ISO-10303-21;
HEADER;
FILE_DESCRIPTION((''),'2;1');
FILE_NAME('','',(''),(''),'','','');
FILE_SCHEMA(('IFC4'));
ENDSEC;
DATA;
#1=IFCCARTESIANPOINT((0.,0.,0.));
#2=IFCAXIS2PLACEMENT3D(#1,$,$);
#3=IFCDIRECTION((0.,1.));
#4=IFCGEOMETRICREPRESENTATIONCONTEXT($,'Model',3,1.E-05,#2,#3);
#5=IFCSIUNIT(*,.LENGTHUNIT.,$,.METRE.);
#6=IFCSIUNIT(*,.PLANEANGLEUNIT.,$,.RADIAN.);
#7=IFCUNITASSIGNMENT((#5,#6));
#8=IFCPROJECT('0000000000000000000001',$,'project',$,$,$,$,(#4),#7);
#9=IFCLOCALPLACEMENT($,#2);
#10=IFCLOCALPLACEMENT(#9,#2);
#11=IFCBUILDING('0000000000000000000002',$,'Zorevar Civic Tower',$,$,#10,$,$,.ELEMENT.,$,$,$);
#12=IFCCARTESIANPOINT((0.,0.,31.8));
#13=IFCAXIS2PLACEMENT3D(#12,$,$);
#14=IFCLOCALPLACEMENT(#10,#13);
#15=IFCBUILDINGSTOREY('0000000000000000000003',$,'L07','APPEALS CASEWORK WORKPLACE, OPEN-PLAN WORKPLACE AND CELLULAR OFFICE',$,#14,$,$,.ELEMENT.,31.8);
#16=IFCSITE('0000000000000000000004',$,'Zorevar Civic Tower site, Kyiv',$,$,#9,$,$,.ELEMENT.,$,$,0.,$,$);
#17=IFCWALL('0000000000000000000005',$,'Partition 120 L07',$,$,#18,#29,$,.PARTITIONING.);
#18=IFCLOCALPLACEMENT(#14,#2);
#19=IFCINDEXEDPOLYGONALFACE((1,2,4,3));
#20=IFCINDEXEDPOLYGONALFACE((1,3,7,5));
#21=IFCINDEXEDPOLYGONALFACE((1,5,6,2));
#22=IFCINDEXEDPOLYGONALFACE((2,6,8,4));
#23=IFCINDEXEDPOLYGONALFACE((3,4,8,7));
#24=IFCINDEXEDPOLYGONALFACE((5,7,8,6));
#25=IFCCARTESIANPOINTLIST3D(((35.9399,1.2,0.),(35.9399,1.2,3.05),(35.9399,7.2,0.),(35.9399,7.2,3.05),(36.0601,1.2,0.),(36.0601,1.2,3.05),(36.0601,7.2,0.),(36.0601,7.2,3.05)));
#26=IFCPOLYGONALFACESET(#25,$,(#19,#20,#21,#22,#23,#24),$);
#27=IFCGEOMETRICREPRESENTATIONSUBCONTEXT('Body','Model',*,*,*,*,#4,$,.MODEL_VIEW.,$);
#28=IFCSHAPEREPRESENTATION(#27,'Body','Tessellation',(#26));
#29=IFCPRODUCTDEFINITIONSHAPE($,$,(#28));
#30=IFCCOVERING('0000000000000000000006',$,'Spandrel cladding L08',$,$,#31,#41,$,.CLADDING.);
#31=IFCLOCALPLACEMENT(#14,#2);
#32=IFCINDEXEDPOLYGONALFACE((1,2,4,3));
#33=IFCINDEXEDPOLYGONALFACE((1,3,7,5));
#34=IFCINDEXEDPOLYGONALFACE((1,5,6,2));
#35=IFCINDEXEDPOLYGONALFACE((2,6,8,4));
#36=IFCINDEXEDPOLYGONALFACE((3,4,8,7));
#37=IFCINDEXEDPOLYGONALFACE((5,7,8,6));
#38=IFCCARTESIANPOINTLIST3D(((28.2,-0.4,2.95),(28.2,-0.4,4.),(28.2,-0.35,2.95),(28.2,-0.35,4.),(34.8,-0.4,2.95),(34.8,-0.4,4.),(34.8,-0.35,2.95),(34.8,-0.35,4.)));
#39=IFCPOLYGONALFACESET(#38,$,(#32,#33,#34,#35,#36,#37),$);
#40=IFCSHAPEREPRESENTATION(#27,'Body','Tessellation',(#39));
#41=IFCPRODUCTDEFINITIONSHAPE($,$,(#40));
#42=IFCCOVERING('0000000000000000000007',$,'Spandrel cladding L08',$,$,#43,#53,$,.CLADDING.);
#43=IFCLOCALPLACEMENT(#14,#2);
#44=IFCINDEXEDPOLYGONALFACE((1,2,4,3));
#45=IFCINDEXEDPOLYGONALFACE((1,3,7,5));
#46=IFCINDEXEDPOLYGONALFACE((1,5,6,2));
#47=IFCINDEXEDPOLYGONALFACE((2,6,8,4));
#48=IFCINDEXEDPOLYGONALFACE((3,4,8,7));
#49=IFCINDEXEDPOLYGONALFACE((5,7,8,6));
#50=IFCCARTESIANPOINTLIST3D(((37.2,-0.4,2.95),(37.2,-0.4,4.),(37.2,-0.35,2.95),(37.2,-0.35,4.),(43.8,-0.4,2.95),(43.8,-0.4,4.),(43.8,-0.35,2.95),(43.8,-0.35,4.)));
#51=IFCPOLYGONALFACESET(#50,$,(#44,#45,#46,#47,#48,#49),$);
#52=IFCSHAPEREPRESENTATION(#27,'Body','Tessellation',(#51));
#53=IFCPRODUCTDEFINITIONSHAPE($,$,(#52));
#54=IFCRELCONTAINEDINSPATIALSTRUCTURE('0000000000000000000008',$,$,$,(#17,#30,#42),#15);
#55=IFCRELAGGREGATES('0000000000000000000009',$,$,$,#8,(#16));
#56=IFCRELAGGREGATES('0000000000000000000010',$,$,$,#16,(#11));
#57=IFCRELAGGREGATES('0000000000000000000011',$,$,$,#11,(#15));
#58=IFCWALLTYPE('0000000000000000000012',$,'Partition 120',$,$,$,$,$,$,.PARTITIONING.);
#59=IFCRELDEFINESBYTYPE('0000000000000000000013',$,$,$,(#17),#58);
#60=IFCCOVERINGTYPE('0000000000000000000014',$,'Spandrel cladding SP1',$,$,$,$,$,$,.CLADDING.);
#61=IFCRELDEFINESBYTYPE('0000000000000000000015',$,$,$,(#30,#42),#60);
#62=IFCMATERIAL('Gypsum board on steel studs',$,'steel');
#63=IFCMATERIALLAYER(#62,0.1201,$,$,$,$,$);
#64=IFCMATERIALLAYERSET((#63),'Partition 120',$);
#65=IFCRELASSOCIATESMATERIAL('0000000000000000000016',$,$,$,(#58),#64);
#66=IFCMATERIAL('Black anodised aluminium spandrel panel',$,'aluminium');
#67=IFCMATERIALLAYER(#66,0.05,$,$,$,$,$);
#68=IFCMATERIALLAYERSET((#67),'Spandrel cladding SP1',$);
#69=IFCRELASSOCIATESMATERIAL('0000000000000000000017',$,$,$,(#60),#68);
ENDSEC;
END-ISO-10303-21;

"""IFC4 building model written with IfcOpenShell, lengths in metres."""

from ifc_helpers import new_model, si_unit, direction, frame, frame_2d, origin, place, context, subcontext, project, spatial, rectangle, extrude, material, layer, layer_set, type_object, element, save


model = new_model("IFC4")

# Units and contexts
model_context = context("Model", 3, precision=1e-05, world=origin(), true_north=direction((0.0, 1.0)))
body_context = subcontext(model_context, "Body", "Model", "MODEL_VIEW")
ifc_project = project(units=[si_unit("LENGTHUNIT", "METRE"), si_unit("PLANEANGLEUNIT", "RADIAN")], contexts=[model_context])

# Site, building, storey
site_placement = place(None, origin())
site = spatial("IfcSite", under=ifc_project, at=site_placement, Name="Zorevar Civic Tower site, Kyiv", CompositionType="ELEMENT", RefElevation=0.0)
building_placement = place(site_placement, origin())
building = spatial("IfcBuilding", under=site, at=building_placement, Name="Zorevar Civic Tower", CompositionType="ELEMENT")
storey_placement = place(building_placement, frame((0.0, 0.0, 31.8)))
storey = spatial("IfcBuildingStorey", under=building, at=storey_placement, Name="L07", Description="APPEALS CASEWORK WORKPLACE, OPEN-PLAN WORKPLACE AND CELLULAR OFFICE", CompositionType="ELEMENT", Elevation=31.8)

# Wall
ifc_material_1 = material(Name="Gypsum board on steel studs", Category="steel")
ifc_layer_1 = layer(ifc_material_1, 0.1201)
ifc_layer_set_1 = layer_set([ifc_layer_1], Name="Partition 120")
wall_type_1 = type_object("IfcWallType", Name="Partition 120", PredefinedType="PARTITIONING", material=ifc_layer_set_1)
wall_1_placement = place(storey_placement, frame((36.0, 1.2, 0.0), z_axis=(0.0, 0.0, 1.0), x_axis=(0.0, 1.0, 0.0)))
element("IfcWall", 1, at=wall_1_placement, inside=storey, type_object=wall_type_1, Name="Partition 120 L07", PredefinedType="PARTITIONING", context=body_context, shape_type="SweptSolid", body=[
    extrude(rectangle(XDim=6.0, YDim=0.1201, at=frame_2d((3.0, 0.0))), origin(), (0.0, 0.0, 1.0), 3.05),
])

# Coverings
ifc_material_2 = material(Name="Black anodised aluminium spandrel panel", Category="aluminium")
ifc_layer_2 = layer(ifc_material_2, 0.05)
ifc_layer_set_2 = layer_set([ifc_layer_2], Name="Spandrel cladding SP1")
covering_type = type_object("IfcCoveringType", Name="Spandrel cladding SP1", PredefinedType="CLADDING", material=ifc_layer_set_2)
for number, where, z_axis, x_axis, name in (
    (2, (28.2, -0.375, 2.95), (0.0, 0.0, 1.0), (1.0, 0.0, 0.0), "Spandrel cladding L08"),
    (3, (37.2, -0.375, 2.95), (0.0, 0.0, 1.0), (1.0, 0.0, 0.0), "Spandrel cladding L08"),
):
    element("IfcCovering", number, at=place(storey_placement, frame(where, z_axis=z_axis, x_axis=x_axis)), inside=storey, type_object=covering_type, Name=name, PredefinedType="CLADDING", context=body_context, shape_type="SweptSolid", body=[
        extrude(rectangle(XDim=6.6001, YDim=0.05, at=frame_2d((3.3, 0.0))), origin(), (0.0, 0.0, 1.0), 1.05),
    ])

save(model, "model.ifc")
